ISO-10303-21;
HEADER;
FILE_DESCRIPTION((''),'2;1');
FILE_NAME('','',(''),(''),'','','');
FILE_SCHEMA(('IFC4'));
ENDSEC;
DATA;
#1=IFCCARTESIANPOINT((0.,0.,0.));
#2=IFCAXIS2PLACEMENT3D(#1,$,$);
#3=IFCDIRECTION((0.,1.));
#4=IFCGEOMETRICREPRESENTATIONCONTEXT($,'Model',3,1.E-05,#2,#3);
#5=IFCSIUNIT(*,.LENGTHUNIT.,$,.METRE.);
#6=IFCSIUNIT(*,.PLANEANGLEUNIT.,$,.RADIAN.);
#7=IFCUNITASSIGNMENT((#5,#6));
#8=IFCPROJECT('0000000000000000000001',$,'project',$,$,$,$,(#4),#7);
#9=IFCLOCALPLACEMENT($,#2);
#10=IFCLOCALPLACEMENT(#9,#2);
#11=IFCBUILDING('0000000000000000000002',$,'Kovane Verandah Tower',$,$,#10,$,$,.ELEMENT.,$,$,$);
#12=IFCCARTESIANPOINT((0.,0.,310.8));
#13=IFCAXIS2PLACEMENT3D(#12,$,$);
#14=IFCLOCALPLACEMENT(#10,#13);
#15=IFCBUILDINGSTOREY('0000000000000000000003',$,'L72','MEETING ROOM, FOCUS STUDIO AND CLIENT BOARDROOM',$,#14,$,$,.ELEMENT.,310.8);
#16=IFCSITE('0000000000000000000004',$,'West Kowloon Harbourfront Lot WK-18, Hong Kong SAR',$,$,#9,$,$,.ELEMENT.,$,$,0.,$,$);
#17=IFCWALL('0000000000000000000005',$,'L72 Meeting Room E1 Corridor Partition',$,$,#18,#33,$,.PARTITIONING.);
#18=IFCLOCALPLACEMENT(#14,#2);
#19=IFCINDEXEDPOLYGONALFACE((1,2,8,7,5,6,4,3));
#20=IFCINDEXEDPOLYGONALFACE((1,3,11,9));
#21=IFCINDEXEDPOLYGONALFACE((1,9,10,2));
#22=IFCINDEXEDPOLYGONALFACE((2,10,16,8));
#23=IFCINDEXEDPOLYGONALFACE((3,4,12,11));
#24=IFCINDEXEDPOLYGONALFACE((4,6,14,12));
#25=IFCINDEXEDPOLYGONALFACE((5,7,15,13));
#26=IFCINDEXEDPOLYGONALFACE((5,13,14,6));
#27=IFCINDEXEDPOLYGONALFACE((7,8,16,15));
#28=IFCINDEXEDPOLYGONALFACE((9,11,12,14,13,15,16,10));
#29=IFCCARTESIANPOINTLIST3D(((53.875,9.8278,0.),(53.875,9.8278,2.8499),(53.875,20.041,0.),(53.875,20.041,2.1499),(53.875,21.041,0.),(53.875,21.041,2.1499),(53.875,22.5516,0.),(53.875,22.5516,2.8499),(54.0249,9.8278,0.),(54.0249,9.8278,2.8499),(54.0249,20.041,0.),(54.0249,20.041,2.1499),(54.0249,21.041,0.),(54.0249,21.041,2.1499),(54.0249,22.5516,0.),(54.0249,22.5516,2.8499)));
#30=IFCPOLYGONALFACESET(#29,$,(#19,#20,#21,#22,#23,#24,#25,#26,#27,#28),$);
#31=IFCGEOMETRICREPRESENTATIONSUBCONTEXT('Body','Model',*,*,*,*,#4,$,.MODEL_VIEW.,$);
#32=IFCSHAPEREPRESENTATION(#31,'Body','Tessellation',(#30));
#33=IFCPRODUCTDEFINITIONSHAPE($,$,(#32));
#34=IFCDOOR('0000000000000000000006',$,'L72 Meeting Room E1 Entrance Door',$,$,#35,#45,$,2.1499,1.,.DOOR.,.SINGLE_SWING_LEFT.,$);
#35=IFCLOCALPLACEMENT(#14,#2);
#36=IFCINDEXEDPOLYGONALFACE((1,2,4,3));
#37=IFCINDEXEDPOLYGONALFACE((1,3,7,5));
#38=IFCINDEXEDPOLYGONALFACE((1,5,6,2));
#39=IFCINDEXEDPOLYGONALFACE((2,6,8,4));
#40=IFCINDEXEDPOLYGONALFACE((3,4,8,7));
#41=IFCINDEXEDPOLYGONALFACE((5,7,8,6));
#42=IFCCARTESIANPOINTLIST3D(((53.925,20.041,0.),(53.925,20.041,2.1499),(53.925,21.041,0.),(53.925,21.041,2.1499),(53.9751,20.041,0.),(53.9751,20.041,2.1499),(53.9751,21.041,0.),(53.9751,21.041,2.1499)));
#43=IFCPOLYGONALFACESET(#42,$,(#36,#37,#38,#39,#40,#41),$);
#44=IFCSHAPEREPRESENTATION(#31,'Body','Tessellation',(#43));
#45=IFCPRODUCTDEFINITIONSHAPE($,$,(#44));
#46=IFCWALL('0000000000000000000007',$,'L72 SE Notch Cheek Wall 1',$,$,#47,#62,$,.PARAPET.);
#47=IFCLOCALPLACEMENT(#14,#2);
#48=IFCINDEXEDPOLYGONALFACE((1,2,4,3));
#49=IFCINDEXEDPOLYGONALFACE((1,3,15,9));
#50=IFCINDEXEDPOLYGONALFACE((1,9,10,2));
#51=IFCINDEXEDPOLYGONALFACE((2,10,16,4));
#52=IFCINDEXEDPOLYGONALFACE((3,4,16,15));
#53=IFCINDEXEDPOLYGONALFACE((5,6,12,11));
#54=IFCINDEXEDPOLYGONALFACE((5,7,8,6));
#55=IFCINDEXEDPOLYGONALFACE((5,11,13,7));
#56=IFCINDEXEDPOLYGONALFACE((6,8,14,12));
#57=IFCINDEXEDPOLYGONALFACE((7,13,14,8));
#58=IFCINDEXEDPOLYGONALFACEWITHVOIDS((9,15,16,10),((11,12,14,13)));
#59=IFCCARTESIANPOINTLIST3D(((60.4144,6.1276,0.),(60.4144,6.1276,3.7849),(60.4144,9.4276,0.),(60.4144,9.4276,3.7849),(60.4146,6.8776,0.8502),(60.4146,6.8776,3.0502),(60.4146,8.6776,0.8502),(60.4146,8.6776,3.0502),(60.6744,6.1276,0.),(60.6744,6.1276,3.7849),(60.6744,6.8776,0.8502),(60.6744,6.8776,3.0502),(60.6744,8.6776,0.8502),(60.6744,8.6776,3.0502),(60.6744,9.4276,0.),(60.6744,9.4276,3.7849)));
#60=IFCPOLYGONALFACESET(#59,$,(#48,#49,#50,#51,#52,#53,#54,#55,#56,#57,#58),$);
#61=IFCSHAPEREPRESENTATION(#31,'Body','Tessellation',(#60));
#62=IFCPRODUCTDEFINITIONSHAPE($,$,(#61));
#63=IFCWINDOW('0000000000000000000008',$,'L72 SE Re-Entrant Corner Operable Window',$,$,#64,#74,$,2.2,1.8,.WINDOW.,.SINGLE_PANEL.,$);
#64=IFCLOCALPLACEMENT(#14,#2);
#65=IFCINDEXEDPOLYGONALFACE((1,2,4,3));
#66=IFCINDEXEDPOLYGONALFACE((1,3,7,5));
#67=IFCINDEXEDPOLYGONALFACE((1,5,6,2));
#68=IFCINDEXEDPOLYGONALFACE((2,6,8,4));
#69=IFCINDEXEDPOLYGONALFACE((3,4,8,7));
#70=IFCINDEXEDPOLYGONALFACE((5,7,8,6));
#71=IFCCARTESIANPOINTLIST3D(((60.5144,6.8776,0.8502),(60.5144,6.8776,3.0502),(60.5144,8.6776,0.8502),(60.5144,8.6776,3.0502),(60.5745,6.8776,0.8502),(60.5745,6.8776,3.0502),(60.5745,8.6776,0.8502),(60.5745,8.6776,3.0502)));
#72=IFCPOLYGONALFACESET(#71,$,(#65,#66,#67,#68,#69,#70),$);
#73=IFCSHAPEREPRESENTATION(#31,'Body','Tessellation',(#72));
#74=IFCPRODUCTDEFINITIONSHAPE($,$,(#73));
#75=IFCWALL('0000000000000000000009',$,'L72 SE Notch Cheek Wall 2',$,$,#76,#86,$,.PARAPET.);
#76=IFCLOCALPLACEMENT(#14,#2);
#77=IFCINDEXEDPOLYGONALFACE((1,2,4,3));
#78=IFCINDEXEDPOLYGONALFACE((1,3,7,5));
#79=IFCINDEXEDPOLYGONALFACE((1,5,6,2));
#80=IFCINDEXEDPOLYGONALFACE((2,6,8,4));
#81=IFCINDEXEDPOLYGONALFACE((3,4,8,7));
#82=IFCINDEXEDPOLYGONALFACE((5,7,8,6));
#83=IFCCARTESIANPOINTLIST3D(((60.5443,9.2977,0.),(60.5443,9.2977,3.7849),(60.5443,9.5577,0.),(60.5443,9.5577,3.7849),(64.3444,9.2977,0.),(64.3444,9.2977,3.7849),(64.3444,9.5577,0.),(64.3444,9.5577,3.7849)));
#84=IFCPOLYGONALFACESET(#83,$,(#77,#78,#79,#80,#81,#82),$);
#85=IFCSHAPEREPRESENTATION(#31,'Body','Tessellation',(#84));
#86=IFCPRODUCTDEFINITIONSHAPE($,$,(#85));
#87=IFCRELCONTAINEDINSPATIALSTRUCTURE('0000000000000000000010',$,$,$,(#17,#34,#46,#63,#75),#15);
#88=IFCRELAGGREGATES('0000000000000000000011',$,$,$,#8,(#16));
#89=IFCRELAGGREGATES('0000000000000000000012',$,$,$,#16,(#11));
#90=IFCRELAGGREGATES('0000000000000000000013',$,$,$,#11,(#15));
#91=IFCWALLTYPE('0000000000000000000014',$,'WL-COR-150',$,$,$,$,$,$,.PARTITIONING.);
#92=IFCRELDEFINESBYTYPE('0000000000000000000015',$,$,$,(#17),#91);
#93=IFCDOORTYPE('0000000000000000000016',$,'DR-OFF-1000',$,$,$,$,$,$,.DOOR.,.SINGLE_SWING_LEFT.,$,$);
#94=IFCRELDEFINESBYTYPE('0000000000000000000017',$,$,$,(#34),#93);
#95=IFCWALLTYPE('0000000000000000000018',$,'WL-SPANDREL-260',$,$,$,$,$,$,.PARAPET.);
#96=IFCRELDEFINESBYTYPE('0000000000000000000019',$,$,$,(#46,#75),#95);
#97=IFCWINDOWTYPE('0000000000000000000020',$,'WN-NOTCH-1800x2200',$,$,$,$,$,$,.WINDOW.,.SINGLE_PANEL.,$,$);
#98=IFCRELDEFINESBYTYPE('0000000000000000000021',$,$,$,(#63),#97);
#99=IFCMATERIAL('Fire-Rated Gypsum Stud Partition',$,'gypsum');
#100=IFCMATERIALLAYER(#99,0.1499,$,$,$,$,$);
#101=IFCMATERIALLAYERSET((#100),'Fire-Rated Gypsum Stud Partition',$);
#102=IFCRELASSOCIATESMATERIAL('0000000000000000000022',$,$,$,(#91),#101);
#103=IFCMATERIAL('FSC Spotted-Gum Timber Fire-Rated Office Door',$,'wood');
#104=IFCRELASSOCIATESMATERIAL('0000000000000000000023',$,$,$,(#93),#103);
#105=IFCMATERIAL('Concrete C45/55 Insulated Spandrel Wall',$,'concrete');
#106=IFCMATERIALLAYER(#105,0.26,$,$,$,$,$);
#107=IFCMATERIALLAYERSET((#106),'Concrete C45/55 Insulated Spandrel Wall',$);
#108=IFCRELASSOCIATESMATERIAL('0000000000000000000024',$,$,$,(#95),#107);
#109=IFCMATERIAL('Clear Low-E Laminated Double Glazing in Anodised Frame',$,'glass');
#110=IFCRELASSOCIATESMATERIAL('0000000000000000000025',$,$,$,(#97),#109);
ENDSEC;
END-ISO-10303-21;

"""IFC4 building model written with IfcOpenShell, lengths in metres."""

from ifc_helpers import new_model, si_unit, direction, frame, frame_2d, origin, place, context, subcontext, project, spatial, rectangle, extrude, material, layer, layer_set, type_object, element, fill, save


model = new_model("IFC4")

# Units and contexts
model_context = context("Model", 3, precision=1e-05, world=origin(), true_north=direction((0.0, 1.0)))
body_context = subcontext(model_context, "Body", "Model", "MODEL_VIEW")
ifc_project = project(units=[si_unit("LENGTHUNIT", "METRE"), si_unit("PLANEANGLEUNIT", "RADIAN")], contexts=[model_context])

# Site, building, storey
site_placement = place(None, origin())
site = spatial("IfcSite", under=ifc_project, at=site_placement, Name="West Kowloon Harbourfront Lot WK-18, Hong Kong SAR", CompositionType="ELEMENT", RefElevation=0.0)
building_placement = place(site_placement, origin())
building = spatial("IfcBuilding", under=site, at=building_placement, Name="Kovane Verandah Tower", CompositionType="ELEMENT")
storey_placement = place(building_placement, frame((0.0, 0.0, 310.8)))
storey = spatial("IfcBuildingStorey", under=building, at=storey_placement, Name="L72", Description="MEETING ROOM, FOCUS STUDIO AND CLIENT BOARDROOM", CompositionType="ELEMENT", Elevation=310.8)

# Wall, opening, door
ifc_material_1 = material(Name="Fire-Rated Gypsum Stud Partition", Category="gypsum")
ifc_layer_1 = layer(ifc_material_1, 0.1499)
ifc_layer_set_1 = layer_set([ifc_layer_1], Name="Fire-Rated Gypsum Stud Partition")
wall_type_1 = type_object("IfcWallType", Name="WL-COR-150", PredefinedType="PARTITIONING", material=ifc_layer_set_1)
wall_1_placement = place(storey_placement, frame((53.95, 9.8279, 0.0), z_axis=(0.0, 0.0, 1.0), x_axis=(0.0, 1.0, 0.0)))
wall_1 = element("IfcWall", 1, at=wall_1_placement, inside=storey, type_object=wall_type_1, Name="L72 Meeting Room E1 Corridor Partition", PredefinedType="PARTITIONING", context=body_context, shape_type="SweptSolid", body=[
    extrude(rectangle(XDim=12.7239, YDim=0.1499, at=frame_2d((6.3618, 0.0))), origin(), (0.0, 0.0, 1.0), 2.8499),
])
opening_1_placement = place(wall_1_placement, frame((10.2131, 0.0, 0.0)))
opening_1 = element("IfcOpeningElement", 2, at=opening_1_placement, cuts=wall_1, PredefinedType="OPENING", context=body_context, shape_type="SweptSolid", body=[
    extrude(rectangle(XDim=1.0, YDim=2.1499, at=frame_2d((0.5, 1.075))), frame((0.0, 0.075, 0.0), z_axis=(0.0, -1.0, 0.0), x_axis=(1.0, 0.0, 0.0)), (0.0, 0.0, 1.0), 0.1499),
])
ifc_material_2 = material(Name="FSC Spotted-Gum Timber Fire-Rated Office Door", Category="wood")
door_type = type_object("IfcDoorType", Name="DR-OFF-1000", OperationType="SINGLE_SWING_LEFT", PredefinedType="DOOR", material=ifc_material_2)
door_placement = place(opening_1_placement, origin())
door = element("IfcDoor", 3, at=door_placement, inside=storey, type_object=door_type, Name="L72 Meeting Room E1 Entrance Door", OperationType="SINGLE_SWING_LEFT", OverallHeight=2.1499, OverallWidth=1.0, PredefinedType="DOOR", context=body_context, shape_type="SweptSolid", body=[
    extrude(rectangle(XDim=1.0, YDim=2.1499, at=frame_2d((0.5, 1.075))), frame((0.0, 0.0249, 0.0), z_axis=(0.0, -1.0, 0.0), x_axis=(1.0, 0.0, 0.0)), (0.0, 0.0, 1.0), 0.05),
])
fill(opening_1, door)

# Wall, opening, window
ifc_material_3 = material(Name="Concrete C45/55 Insulated Spandrel Wall", Category="concrete")
ifc_layer_2 = layer(ifc_material_3, 0.26)
ifc_layer_set_2 = layer_set([ifc_layer_2], Name="Concrete C45/55 Insulated Spandrel Wall")
wall_type_2 = type_object("IfcWallType", Name="WL-SPANDREL-260", PredefinedType="PARAPET", material=ifc_layer_set_2)
wall_2_placement = place(storey_placement, frame((60.5444, 6.1277, 0.0), z_axis=(0.0, 0.0, 1.0), x_axis=(0.0, 1.0, 0.0)))
wall_2 = element("IfcWall", 4, at=wall_2_placement, inside=storey, type_object=wall_type_2, Name="L72 SE Notch Cheek Wall 1", PredefinedType="PARAPET", context=body_context, shape_type="SweptSolid", body=[
    extrude(rectangle(XDim=3.3, YDim=0.26, at=frame_2d((1.6499, 0.0))), origin(), (0.0, 0.0, 1.0), 3.7849),
])
opening_2_placement = place(wall_2_placement, frame((0.75, 0.0, 0.8501)))
opening_2 = element("IfcOpeningElement", 5, at=opening_2_placement, cuts=wall_2, PredefinedType="OPENING", context=body_context, shape_type="SweptSolid", body=[
    extrude(rectangle(XDim=1.8, YDim=2.2, at=frame_2d((0.8999, 1.1001))), frame((0.0, 0.1299, 0.0), z_axis=(0.0, -1.0, 0.0), x_axis=(1.0, 0.0, 0.0)), (0.0, 0.0, 1.0), 0.26),
])
ifc_material_4 = material(Name="Clear Low-E Laminated Double Glazing in Anodised Frame", Category="glass")
window_type = type_object("IfcWindowType", Name="WN-NOTCH-1800x2200", PartitioningType="SINGLE_PANEL", PredefinedType="WINDOW", material=ifc_material_4)
window_placement = place(opening_2_placement, origin())
window = element("IfcWindow", 6, at=window_placement, inside=storey, type_object=window_type, Name="L72 SE Re-Entrant Corner Operable Window", OverallHeight=2.2, OverallWidth=1.8, PartitioningType="SINGLE_PANEL", PredefinedType="WINDOW", context=body_context, shape_type="SweptSolid", body=[
    extrude(rectangle(XDim=1.8, YDim=2.2, at=frame_2d((0.8999, 1.1001))), frame((0.0, 0.03, 0.0), z_axis=(0.0, -1.0, 0.0), x_axis=(1.0, 0.0, 0.0)), (0.0, 0.0, 1.0), 0.0601),
])
fill(opening_2, window)

# Wall
wall_3_placement = place(storey_placement, frame((60.5444, 9.4277, 0.0), z_axis=(0.0, 0.0, 1.0), x_axis=(1.0, 0.0, 0.0)))
element("IfcWall", 7, at=wall_3_placement, inside=storey, type_object=wall_type_2, Name="L72 SE Notch Cheek Wall 2", PredefinedType="PARAPET", context=body_context, shape_type="SweptSolid", body=[
    extrude(rectangle(XDim=3.8, YDim=0.26, at=frame_2d((1.8999, 0.0))), origin(), (0.0, 0.0, 1.0), 3.7849),
])

save(model, "model.ifc")
